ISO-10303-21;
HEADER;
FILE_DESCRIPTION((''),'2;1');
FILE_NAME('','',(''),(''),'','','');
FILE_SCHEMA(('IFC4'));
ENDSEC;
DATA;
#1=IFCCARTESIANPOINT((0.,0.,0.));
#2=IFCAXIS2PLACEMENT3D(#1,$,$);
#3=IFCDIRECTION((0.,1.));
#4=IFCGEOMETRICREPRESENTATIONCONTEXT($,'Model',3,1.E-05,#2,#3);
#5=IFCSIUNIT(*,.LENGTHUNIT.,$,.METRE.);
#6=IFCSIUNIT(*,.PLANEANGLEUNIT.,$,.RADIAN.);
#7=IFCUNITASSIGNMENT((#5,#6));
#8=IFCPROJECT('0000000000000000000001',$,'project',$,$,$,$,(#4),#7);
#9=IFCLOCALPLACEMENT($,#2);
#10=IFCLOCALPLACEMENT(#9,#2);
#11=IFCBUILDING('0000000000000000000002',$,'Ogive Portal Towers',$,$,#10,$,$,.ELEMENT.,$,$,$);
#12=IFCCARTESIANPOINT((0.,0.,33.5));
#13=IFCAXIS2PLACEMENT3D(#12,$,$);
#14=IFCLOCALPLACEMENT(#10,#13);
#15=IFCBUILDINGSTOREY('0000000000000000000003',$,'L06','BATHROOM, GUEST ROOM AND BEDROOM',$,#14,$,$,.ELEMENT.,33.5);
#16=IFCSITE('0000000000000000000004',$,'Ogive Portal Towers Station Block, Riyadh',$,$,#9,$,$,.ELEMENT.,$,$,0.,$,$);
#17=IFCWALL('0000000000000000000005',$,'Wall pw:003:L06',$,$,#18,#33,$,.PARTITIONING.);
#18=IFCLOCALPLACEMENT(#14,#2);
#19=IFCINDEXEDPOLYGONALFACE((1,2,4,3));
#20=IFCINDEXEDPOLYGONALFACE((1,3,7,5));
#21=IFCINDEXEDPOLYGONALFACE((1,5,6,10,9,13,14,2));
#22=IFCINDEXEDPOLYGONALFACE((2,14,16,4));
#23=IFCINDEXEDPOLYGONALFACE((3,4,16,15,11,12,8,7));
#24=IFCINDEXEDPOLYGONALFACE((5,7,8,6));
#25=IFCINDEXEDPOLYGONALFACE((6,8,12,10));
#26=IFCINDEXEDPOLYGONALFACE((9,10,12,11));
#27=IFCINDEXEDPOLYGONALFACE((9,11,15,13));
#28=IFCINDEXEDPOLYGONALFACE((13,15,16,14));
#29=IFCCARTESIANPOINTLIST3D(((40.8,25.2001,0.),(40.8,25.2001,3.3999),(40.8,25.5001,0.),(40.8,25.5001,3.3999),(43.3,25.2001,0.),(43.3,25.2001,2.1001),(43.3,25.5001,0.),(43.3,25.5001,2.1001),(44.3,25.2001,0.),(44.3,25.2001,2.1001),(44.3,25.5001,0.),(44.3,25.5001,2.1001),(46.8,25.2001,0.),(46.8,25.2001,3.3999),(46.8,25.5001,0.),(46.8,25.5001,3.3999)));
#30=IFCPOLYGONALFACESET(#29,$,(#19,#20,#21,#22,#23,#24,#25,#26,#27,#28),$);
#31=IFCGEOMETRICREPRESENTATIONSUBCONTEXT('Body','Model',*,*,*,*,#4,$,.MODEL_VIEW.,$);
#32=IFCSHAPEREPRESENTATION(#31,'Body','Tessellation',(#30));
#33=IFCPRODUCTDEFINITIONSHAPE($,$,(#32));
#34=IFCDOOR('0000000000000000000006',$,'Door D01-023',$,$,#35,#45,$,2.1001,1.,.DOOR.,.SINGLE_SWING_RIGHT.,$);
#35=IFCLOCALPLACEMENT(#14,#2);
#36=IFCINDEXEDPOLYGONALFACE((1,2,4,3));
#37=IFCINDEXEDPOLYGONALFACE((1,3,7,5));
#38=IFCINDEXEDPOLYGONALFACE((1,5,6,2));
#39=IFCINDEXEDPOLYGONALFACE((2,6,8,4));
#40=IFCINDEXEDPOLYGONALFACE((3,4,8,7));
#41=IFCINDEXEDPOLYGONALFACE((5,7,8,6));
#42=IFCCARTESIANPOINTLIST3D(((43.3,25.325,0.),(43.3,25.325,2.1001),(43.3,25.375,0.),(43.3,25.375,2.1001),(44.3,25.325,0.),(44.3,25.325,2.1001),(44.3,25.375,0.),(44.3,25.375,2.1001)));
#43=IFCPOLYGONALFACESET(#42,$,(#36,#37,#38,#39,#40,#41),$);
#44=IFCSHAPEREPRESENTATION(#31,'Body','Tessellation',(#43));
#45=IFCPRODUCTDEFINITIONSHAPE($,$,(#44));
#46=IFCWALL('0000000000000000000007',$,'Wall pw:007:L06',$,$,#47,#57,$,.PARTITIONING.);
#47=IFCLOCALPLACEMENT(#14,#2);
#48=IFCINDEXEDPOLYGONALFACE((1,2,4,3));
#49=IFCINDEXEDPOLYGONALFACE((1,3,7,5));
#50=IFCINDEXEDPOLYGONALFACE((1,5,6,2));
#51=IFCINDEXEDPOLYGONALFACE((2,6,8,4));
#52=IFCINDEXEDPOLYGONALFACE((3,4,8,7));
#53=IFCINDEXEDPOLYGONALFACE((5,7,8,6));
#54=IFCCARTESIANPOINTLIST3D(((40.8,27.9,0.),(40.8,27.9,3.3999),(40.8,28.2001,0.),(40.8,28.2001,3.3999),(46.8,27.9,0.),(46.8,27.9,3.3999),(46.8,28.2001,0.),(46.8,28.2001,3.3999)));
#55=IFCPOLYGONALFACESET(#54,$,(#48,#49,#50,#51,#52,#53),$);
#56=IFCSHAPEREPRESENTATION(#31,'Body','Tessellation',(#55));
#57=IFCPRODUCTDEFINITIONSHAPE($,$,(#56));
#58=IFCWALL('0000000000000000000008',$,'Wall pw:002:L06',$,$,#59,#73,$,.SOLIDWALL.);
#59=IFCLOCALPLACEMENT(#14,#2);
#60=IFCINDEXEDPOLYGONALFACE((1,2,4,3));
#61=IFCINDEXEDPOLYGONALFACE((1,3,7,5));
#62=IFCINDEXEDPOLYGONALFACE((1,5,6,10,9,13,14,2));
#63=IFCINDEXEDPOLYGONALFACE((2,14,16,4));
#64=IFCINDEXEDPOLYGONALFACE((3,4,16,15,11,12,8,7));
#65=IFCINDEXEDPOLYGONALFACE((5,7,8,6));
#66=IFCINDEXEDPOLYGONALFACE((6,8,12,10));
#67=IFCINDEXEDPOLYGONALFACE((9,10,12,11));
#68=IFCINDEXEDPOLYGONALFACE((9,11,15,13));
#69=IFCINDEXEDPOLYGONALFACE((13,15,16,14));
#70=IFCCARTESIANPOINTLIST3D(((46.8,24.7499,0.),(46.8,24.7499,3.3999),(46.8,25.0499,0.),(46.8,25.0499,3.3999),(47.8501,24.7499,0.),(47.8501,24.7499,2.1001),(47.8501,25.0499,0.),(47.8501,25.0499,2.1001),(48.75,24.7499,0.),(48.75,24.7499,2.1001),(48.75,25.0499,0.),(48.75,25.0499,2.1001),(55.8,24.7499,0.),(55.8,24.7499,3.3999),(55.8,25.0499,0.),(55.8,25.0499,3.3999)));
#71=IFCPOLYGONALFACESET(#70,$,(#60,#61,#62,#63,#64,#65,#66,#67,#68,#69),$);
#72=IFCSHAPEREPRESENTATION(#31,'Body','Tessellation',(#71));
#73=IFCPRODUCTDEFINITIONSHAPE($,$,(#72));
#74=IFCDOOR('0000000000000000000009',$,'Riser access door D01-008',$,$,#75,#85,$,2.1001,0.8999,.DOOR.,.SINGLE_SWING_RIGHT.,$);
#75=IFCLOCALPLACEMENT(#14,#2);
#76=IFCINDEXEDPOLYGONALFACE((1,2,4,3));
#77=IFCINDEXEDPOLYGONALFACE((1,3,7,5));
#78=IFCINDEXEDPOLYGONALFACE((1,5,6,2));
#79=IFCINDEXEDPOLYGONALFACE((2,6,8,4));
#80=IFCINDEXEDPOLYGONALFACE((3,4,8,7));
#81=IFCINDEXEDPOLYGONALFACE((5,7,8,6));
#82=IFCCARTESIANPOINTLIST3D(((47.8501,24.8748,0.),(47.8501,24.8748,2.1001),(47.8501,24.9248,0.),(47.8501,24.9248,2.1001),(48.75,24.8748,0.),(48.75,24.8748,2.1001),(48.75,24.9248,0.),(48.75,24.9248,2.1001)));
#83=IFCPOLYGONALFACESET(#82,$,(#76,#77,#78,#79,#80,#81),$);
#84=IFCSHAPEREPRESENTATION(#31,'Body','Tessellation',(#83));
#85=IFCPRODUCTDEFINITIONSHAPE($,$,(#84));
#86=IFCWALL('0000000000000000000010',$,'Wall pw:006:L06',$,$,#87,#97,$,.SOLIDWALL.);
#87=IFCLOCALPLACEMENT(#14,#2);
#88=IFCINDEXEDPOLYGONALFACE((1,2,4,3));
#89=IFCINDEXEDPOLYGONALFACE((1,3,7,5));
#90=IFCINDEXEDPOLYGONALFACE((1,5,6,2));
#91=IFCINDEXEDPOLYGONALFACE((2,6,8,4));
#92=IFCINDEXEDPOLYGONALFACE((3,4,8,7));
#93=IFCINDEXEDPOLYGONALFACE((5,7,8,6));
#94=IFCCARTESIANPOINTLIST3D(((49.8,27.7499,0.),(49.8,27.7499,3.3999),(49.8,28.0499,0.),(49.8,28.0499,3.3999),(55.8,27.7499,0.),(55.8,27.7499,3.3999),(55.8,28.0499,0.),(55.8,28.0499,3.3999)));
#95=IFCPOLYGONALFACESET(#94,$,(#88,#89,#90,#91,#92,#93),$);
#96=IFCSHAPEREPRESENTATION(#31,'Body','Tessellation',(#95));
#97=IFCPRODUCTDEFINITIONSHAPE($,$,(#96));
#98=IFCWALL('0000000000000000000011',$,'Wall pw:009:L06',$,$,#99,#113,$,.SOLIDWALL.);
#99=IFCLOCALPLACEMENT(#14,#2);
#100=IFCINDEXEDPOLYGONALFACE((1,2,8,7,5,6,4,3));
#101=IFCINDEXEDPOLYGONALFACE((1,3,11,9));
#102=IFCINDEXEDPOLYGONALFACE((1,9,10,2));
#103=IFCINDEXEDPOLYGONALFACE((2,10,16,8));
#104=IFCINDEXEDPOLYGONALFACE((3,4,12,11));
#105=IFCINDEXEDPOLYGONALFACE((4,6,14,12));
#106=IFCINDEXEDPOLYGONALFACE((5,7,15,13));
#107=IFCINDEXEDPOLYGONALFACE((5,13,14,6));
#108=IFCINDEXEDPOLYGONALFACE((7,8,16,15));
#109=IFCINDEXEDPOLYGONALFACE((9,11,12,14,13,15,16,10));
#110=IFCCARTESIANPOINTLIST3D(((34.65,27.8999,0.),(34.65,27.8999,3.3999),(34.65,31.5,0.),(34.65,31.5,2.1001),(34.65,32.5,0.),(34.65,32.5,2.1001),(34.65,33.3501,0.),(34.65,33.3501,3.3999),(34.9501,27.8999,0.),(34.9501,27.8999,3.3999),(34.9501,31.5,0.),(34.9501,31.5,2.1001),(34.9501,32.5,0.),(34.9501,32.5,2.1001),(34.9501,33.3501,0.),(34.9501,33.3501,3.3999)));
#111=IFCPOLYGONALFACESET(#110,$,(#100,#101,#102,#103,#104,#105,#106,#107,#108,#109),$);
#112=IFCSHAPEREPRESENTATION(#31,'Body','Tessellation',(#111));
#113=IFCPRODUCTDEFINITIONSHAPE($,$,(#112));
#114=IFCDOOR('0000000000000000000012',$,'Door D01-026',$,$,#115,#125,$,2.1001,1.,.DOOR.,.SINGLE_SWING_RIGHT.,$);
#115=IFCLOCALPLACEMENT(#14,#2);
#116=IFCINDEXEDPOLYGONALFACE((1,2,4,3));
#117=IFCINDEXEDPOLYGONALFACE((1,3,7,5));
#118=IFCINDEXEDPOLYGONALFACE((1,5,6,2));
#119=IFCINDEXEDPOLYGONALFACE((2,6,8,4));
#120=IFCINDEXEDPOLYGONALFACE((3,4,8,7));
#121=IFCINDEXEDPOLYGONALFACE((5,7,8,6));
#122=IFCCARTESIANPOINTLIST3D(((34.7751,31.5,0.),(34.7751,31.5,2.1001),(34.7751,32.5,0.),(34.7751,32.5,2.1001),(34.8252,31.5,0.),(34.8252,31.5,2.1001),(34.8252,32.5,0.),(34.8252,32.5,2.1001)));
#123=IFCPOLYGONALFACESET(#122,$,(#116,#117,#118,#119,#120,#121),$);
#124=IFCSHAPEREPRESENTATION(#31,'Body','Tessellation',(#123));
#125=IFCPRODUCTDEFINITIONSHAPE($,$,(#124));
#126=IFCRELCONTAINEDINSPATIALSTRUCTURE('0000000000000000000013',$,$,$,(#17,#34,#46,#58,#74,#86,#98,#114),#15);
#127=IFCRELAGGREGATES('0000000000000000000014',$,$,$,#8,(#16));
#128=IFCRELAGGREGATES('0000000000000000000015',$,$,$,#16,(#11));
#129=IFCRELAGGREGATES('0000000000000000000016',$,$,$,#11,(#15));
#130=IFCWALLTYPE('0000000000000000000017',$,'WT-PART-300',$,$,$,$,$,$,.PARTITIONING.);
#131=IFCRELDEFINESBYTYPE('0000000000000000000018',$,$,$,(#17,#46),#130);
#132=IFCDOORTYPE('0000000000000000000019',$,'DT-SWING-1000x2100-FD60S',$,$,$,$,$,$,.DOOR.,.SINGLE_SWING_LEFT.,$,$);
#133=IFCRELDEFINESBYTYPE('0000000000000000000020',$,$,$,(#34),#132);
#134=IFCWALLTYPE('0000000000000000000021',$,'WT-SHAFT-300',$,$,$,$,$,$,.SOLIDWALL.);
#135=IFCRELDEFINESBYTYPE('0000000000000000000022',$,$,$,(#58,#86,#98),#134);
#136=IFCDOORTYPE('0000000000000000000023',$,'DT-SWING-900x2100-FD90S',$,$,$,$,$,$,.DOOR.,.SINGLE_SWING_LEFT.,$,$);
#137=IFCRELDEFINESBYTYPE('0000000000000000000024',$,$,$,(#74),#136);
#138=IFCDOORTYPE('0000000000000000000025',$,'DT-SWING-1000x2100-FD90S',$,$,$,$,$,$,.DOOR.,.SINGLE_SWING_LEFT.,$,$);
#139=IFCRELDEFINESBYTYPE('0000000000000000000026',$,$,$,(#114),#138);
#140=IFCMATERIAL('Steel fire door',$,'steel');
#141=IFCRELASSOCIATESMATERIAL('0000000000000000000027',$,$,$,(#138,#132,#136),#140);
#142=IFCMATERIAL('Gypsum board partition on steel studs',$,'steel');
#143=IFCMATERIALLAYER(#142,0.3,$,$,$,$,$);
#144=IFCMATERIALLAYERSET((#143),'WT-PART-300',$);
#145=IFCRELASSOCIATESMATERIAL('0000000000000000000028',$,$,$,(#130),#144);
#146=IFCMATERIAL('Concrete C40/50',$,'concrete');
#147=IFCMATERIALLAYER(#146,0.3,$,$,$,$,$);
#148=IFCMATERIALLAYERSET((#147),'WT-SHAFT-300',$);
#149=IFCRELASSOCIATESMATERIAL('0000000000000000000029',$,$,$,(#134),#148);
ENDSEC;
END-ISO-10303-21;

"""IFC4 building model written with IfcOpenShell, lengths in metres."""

from ifc_helpers import new_model, si_unit, direction, frame, frame_2d, origin, place, context, subcontext, project, spatial, rectangle, extrude, material, layer, layer_set, type_object, element, fill, save


model = new_model("IFC4")

# Units and contexts
model_context = context("Model", 3, precision=1e-05, world=origin(), true_north=direction((0.0, 1.0)))
body_context = subcontext(model_context, "Body", "Model", "MODEL_VIEW")
ifc_project = project(units=[si_unit("LENGTHUNIT", "METRE"), si_unit("PLANEANGLEUNIT", "RADIAN")], contexts=[model_context])

# Site, building, storey
site_placement = place(None, origin())
site = spatial("IfcSite", under=ifc_project, at=site_placement, Name="Ogive Portal Towers Station Block, Riyadh", CompositionType="ELEMENT", RefElevation=0.0)
building_placement = place(site_placement, origin())
building = spatial("IfcBuilding", under=site, at=building_placement, Name="Ogive Portal Towers", CompositionType="ELEMENT")
storey_placement = place(building_placement, frame((0.0, 0.0, 33.5)))
storey = spatial("IfcBuildingStorey", under=building, at=storey_placement, Name="L06", Description="BATHROOM, GUEST ROOM AND BEDROOM", CompositionType="ELEMENT", Elevation=33.5)

# Shared definitions
ifc_material_1 = material(Name="Steel fire door", Category="steel")
door_type_1 = type_object("IfcDoorType", Name="DT-SWING-1000x2100-FD90S", OperationType="SINGLE_SWING_LEFT", PredefinedType="DOOR", material=ifc_material_1)

# Wall, opening, door
ifc_material_2 = material(Name="Gypsum board partition on steel studs", Category="steel")
ifc_layer_1 = layer(ifc_material_2, 0.3)
ifc_layer_set_1 = layer_set([ifc_layer_1], Name="WT-PART-300")
wall_type_1 = type_object("IfcWallType", Name="WT-PART-300", PredefinedType="PARTITIONING", material=ifc_layer_set_1)
wall_1_placement = place(storey_placement, frame((40.8, 25.3501, 0.0), z_axis=(0.0, 0.0, 1.0), x_axis=(1.0, 0.0, 0.0)))
wall_1 = element("IfcWall", 1, at=wall_1_placement, inside=storey, type_object=wall_type_1, Name="Wall pw:003:L06", PredefinedType="PARTITIONING", context=body_context, shape_type="SweptSolid", body=[
    extrude(rectangle(XDim=6.0, YDim=0.3, at=frame_2d((3.0, 0.0))), origin(), (0.0, 0.0, 1.0), 3.3999),
])
opening_1_placement = place(wall_1_placement, frame((2.5, 0.0, 0.0)))
opening_1 = element("IfcOpeningElement", 2, at=opening_1_placement, cuts=wall_1, PredefinedType="OPENING", context=body_context, shape_type="SweptSolid", body=[
    extrude(rectangle(XDim=1.0, YDim=2.1001, at=frame_2d((0.5, 1.05))), frame((0.0, 0.1602, 0.0), z_axis=(0.0, -1.0, 0.0), x_axis=(1.0, 0.0, 0.0)), (0.0, 0.0, 1.0), 0.3201),
])
door_type_2 = type_object("IfcDoorType", Name="DT-SWING-1000x2100-FD60S", OperationType="SINGLE_SWING_LEFT", PredefinedType="DOOR", material=ifc_material_1)
door_1_placement = place(opening_1_placement, origin())
door_1 = element("IfcDoor", 3, at=door_1_placement, inside=storey, type_object=door_type_2, Name="Door D01-023", OperationType="SINGLE_SWING_RIGHT", OverallHeight=2.1001, OverallWidth=1.0, PredefinedType="DOOR", context=body_context, shape_type="SweptSolid", body=[
    extrude(rectangle(XDim=1.0, YDim=2.1001, at=frame_2d((0.5, 1.05))), frame((0.0, 0.0249, 0.0), z_axis=(0.0, -1.0, 0.0), x_axis=(1.0, 0.0, 0.0)), (0.0, 0.0, 1.0), 0.05),
])
fill(opening_1, door_1)

# Wall
wall_2_placement = place(storey_placement, frame((40.8, 28.05, 0.0), z_axis=(0.0, 0.0, 1.0), x_axis=(1.0, 0.0, 0.0)))
element("IfcWall", 4, at=wall_2_placement, inside=storey, type_object=wall_type_1, Name="Wall pw:007:L06", PredefinedType="PARTITIONING", context=body_context, shape_type="SweptSolid", body=[
    extrude(rectangle(XDim=6.0, YDim=0.3, at=frame_2d((3.0, 0.0))), origin(), (0.0, 0.0, 1.0), 3.3999),
])

# Shared definitions
ifc_material_3 = material(Name="Concrete C40/50", Category="concrete")
ifc_layer_2 = layer(ifc_material_3, 0.3)
ifc_layer_set_2 = layer_set([ifc_layer_2], Name="WT-SHAFT-300")
wall_type_2 = type_object("IfcWallType", Name="WT-SHAFT-300", PredefinedType="SOLIDWALL", material=ifc_layer_set_2)
door_type_3 = type_object("IfcDoorType", Name="DT-SWING-900x2100-FD90S", OperationType="SINGLE_SWING_LEFT", PredefinedType="DOOR", material=ifc_material_1)

# Wall, opening, door
wall_3_placement = place(storey_placement, frame((46.8, 24.8999, 0.0), z_axis=(0.0, 0.0, 1.0), x_axis=(1.0, 0.0, 0.0)))
wall_3 = element("IfcWall", 5, at=wall_3_placement, inside=storey, type_object=wall_type_2, Name="Wall pw:002:L06", PredefinedType="SOLIDWALL", context=body_context, shape_type="SweptSolid", body=[
    extrude(rectangle(XDim=9.0, YDim=0.3, at=frame_2d((4.5, 0.0))), origin(), (0.0, 0.0, 1.0), 3.3999),
])
opening_2_placement = place(wall_3_placement, frame((1.05, 0.0, 0.0)))
opening_2 = element("IfcOpeningElement", 6, at=opening_2_placement, cuts=wall_3, PredefinedType="OPENING", context=body_context, shape_type="SweptSolid", body=[
    extrude(rectangle(XDim=0.8999, YDim=2.1001, at=frame_2d((0.45, 1.05))), frame((0.0, 0.1602, 0.0), z_axis=(0.0, -1.0, 0.0), x_axis=(1.0, 0.0, 0.0)), (0.0, 0.0, 1.0), 0.3201),
])
door_2_placement = place(opening_2_placement, origin())
door_2 = element("IfcDoor", 7, at=door_2_placement, inside=storey, type_object=door_type_3, Name="Riser access door D01-008", OperationType="SINGLE_SWING_RIGHT", OverallHeight=2.1001, OverallWidth=0.8999, PredefinedType="DOOR", context=body_context, shape_type="SweptSolid", body=[
    extrude(rectangle(XDim=0.8999, YDim=2.1001, at=frame_2d((0.45, 1.05))), frame((0.0, 0.0249, 0.0), z_axis=(0.0, -1.0, 0.0), x_axis=(1.0, 0.0, 0.0)), (0.0, 0.0, 1.0), 0.05),
])
fill(opening_2, door_2)

# Wall
wall_4_placement = place(storey_placement, frame((49.8, 27.8999, 0.0), z_axis=(0.0, 0.0, 1.0), x_axis=(1.0, 0.0, 0.0)))
element("IfcWall", 8, at=wall_4_placement, inside=storey, type_object=wall_type_2, Name="Wall pw:006:L06", PredefinedType="SOLIDWALL", context=body_context, shape_type="SweptSolid", body=[
    extrude(rectangle(XDim=6.0, YDim=0.3, at=frame_2d((3.0, 0.0))), origin(), (0.0, 0.0, 1.0), 3.3999),
])

# Wall, opening, door
wall_5_placement = place(storey_placement, frame((34.8, 27.8999, 0.0), z_axis=(0.0, 0.0, 1.0), x_axis=(0.0, 1.0, 0.0)))
wall_5 = element("IfcWall", 9, at=wall_5_placement, inside=storey, type_object=wall_type_2, Name="Wall pw:009:L06", PredefinedType="SOLIDWALL", context=body_context, shape_type="SweptSolid", body=[
    extrude(rectangle(XDim=5.4502, YDim=0.3, at=frame_2d((2.7251, 0.0))), origin(), (0.0, 0.0, 1.0), 3.3999),
])
opening_3_placement = place(wall_5_placement, frame((3.6001, 0.0, 0.0)))
opening_3 = element("IfcOpeningElement", 10, at=opening_3_placement, cuts=wall_5, PredefinedType="OPENING", context=body_context, shape_type="SweptSolid", body=[
    extrude(rectangle(XDim=1.0, YDim=2.1001, at=frame_2d((0.5, 1.05))), frame((0.0, 0.1602, 0.0), z_axis=(0.0, -1.0, 0.0), x_axis=(1.0, 0.0, 0.0)), (0.0, 0.0, 1.0), 0.3201),
])
door_3_placement = place(opening_3_placement, origin())
door_3 = element("IfcDoor", 11, at=door_3_placement, inside=storey, type_object=door_type_1, Name="Door D01-026", OperationType="SINGLE_SWING_RIGHT", OverallHeight=2.1001, OverallWidth=1.0, PredefinedType="DOOR", context=body_context, shape_type="SweptSolid", body=[
    extrude(rectangle(XDim=1.0, YDim=2.1001, at=frame_2d((0.5, 1.05))), frame((0.0, 0.0249, 0.0), z_axis=(0.0, -1.0, 0.0), x_axis=(1.0, 0.0, 0.0)), (0.0, 0.0, 1.0), 0.05),
])
fill(opening_3, door_3)

save(model, "model.ifc")
